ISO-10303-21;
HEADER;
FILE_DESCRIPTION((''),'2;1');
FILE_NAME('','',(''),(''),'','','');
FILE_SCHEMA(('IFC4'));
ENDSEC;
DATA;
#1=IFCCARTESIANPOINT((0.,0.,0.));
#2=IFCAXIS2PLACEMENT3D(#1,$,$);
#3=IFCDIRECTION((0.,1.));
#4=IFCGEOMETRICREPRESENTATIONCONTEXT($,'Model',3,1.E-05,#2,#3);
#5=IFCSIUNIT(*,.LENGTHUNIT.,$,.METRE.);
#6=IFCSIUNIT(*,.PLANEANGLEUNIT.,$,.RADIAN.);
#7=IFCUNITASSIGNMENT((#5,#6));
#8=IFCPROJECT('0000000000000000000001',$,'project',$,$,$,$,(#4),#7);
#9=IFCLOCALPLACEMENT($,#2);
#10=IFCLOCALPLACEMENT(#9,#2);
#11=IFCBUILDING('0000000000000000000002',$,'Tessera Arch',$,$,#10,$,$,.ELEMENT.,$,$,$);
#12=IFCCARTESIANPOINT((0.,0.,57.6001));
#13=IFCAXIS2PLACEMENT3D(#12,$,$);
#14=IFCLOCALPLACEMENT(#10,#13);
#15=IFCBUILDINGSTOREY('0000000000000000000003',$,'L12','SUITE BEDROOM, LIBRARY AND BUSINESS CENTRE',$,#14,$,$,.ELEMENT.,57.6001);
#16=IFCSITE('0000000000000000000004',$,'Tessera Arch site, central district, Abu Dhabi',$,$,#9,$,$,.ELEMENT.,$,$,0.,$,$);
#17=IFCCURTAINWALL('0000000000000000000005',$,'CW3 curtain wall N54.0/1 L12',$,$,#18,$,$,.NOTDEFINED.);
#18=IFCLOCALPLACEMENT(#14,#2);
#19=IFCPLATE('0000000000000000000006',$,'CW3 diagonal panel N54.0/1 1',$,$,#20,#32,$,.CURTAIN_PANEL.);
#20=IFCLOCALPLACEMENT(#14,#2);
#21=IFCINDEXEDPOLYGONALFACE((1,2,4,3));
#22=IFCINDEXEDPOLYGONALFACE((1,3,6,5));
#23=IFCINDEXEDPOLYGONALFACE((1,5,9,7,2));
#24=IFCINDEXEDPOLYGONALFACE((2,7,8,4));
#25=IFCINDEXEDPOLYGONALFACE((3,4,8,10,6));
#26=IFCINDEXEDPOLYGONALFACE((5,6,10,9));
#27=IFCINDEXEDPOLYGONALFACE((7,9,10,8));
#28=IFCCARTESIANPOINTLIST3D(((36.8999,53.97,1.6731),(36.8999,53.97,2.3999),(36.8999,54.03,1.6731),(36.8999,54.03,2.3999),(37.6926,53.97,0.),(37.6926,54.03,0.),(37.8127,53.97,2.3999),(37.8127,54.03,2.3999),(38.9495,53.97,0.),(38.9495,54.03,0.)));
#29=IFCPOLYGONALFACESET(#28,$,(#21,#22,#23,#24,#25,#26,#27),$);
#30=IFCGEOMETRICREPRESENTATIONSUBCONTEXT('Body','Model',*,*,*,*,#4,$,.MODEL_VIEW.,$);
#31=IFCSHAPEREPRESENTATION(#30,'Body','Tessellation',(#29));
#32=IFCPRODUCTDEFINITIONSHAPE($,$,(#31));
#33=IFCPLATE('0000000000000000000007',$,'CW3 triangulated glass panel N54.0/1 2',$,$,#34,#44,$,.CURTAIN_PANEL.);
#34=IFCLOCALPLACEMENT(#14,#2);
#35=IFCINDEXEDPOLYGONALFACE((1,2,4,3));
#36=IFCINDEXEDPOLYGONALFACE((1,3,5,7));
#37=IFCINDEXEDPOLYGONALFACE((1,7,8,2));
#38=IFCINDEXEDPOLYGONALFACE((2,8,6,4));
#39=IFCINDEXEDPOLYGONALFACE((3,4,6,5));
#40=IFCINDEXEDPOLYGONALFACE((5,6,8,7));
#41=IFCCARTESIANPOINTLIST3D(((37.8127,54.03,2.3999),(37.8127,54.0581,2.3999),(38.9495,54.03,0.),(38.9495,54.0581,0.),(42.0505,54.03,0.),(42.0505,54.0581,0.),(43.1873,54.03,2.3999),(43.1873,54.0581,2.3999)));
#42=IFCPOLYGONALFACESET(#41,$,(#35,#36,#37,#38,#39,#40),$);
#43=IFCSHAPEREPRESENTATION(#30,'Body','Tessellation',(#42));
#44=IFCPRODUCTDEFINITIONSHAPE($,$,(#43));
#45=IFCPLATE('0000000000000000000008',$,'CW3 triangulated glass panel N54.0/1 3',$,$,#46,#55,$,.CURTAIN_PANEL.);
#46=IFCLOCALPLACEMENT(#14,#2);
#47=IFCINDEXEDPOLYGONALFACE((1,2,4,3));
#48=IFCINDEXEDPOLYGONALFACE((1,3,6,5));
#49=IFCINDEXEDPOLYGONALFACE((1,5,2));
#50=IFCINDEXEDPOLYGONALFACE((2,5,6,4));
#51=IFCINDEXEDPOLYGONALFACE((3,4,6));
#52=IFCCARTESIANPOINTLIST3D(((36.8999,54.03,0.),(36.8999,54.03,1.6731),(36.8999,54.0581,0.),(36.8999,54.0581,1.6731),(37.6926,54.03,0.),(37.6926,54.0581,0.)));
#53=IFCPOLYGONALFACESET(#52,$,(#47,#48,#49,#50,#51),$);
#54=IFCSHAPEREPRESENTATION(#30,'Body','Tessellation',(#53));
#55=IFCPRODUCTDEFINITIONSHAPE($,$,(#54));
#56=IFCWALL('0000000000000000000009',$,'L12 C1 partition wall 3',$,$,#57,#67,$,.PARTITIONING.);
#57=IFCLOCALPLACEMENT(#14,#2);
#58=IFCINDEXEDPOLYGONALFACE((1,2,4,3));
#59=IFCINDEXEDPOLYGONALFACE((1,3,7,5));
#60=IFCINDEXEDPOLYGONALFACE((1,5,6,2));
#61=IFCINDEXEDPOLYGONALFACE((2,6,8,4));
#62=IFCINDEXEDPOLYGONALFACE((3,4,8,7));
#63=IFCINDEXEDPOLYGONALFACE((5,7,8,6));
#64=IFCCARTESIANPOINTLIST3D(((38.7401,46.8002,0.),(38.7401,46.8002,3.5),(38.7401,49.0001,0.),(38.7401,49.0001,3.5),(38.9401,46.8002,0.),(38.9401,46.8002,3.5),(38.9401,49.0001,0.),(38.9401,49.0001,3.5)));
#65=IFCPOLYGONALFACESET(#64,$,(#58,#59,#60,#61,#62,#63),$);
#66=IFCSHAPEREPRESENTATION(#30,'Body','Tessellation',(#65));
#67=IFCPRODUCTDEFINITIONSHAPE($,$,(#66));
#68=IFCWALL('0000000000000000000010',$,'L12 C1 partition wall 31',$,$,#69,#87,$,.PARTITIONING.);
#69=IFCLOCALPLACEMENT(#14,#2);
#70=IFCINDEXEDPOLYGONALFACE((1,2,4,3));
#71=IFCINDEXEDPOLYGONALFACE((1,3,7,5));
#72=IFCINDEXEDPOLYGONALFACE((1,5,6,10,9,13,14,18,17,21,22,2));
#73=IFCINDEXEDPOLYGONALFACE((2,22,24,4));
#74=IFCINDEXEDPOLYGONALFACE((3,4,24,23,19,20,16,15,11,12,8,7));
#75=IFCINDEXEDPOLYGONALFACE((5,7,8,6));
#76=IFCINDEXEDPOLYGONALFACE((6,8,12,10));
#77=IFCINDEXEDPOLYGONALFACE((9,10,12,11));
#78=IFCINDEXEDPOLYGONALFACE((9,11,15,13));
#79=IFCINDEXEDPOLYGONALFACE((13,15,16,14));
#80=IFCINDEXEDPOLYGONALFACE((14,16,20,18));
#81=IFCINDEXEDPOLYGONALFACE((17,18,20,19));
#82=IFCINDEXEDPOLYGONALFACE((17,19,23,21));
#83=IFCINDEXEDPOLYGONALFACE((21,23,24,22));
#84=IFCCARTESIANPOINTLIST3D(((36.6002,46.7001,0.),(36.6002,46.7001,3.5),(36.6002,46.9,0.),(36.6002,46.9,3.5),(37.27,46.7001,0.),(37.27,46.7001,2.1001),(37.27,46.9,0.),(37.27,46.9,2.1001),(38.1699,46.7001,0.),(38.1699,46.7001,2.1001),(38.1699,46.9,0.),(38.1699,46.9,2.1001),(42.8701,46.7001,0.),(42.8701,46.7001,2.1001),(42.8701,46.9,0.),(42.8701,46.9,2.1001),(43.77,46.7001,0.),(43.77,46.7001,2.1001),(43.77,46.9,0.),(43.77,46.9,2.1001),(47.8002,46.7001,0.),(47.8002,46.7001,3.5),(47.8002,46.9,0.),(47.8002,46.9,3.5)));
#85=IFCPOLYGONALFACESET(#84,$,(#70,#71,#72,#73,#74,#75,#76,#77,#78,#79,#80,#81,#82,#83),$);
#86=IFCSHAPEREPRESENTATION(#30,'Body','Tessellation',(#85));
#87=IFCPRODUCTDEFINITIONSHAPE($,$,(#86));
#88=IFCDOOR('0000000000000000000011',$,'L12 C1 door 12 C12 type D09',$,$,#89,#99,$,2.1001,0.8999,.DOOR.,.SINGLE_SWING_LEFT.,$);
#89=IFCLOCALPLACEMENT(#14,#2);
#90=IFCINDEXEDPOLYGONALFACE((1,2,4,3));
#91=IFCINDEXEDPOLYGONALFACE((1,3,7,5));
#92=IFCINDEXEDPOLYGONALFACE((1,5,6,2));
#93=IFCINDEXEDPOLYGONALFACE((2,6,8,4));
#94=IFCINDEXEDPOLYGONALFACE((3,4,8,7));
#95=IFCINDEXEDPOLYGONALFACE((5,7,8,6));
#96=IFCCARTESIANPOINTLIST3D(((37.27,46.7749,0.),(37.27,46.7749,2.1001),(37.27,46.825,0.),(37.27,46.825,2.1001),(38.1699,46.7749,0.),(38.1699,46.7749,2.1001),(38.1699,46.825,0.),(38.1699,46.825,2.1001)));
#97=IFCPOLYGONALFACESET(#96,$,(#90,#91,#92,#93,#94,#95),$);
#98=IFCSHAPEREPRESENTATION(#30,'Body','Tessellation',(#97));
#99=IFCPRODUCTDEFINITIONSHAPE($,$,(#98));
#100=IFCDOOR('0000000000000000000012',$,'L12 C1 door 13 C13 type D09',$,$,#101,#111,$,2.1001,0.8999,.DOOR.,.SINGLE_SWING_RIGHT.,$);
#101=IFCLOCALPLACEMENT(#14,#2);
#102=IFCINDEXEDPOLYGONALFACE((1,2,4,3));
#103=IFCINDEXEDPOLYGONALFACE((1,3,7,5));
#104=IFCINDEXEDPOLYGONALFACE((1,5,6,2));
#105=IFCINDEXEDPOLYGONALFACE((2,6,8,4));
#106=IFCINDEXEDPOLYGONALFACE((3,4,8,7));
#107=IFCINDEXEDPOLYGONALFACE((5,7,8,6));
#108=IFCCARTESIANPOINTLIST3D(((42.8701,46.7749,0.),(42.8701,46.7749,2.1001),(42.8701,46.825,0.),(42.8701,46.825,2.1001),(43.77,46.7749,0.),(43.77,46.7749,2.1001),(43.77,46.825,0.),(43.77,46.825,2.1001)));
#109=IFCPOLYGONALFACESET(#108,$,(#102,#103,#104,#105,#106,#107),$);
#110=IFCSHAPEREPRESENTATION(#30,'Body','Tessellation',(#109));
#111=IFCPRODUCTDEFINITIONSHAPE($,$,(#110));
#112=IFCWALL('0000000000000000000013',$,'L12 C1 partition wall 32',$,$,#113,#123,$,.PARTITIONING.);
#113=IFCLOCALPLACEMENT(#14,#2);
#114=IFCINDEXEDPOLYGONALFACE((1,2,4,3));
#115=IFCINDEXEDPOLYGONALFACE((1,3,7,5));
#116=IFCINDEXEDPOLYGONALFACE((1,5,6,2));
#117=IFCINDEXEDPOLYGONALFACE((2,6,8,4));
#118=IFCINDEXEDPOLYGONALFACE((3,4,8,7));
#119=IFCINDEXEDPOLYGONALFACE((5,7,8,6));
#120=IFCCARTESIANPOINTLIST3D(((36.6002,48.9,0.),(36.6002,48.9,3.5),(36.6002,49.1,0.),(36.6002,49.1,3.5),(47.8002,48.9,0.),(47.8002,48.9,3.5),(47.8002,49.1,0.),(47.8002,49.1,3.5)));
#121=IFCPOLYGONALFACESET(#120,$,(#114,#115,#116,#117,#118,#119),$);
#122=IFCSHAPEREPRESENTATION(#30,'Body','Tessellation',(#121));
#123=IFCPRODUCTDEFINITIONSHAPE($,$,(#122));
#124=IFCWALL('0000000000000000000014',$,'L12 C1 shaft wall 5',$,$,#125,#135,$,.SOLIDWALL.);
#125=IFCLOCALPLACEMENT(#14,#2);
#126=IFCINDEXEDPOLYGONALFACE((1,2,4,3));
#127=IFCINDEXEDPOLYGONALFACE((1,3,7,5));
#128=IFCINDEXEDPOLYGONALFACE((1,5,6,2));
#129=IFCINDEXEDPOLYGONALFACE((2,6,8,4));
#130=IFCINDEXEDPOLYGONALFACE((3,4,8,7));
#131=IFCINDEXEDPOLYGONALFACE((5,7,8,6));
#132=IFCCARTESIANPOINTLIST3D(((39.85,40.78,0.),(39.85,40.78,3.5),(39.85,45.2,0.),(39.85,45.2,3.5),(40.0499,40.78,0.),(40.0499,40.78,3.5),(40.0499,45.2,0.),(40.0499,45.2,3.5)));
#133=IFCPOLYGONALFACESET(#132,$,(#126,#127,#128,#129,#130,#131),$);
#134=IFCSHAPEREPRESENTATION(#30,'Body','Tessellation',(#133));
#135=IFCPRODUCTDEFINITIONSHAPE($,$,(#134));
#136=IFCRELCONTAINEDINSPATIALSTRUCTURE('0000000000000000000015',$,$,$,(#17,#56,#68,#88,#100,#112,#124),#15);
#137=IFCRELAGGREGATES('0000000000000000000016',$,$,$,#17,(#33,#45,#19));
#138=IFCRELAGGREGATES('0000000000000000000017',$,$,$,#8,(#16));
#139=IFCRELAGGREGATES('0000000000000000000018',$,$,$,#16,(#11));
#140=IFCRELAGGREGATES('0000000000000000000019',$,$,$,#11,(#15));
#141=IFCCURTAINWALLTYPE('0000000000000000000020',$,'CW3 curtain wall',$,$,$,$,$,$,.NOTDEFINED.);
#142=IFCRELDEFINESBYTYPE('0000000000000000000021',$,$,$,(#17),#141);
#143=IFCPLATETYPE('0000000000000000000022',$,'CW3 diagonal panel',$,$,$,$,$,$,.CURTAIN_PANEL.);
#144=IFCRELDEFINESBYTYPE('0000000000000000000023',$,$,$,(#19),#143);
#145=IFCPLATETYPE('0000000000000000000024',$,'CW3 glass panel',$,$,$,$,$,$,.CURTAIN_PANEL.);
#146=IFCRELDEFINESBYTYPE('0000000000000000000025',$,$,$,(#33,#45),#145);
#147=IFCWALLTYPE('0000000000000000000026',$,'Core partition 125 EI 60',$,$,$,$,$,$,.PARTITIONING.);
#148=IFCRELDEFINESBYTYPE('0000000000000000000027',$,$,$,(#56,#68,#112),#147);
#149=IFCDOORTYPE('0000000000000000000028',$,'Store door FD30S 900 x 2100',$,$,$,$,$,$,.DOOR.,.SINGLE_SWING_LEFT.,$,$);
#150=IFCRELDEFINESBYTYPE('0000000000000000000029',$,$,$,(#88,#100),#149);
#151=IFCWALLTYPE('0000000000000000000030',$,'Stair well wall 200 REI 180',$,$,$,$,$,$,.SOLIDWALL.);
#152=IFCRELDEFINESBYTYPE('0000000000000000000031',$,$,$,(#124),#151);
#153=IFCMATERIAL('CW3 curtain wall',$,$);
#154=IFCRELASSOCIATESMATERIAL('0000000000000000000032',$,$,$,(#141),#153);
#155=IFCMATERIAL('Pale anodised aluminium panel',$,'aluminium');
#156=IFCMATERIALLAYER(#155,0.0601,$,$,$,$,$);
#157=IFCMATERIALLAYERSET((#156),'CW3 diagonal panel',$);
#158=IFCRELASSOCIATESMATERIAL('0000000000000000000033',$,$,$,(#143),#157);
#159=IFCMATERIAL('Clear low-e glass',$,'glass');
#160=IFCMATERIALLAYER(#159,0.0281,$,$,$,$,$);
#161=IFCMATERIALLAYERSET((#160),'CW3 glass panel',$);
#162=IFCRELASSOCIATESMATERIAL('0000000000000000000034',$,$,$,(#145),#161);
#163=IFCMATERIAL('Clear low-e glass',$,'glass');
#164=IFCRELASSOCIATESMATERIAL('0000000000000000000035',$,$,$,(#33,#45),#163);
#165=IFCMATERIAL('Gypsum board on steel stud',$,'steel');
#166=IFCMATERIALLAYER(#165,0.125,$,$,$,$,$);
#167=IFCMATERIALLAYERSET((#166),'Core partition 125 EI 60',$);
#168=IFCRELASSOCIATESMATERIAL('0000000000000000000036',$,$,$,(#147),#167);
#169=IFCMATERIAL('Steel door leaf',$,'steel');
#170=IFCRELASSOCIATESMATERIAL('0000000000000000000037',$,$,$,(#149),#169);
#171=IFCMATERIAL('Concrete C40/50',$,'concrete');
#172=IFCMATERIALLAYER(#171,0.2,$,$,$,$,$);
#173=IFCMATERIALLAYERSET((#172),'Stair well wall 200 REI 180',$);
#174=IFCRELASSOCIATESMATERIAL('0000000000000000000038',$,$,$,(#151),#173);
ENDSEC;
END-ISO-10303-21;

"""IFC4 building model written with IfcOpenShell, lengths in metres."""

from ifc_helpers import new_model, si_unit, direction, frame, frame_2d, origin, place, context, subcontext, project, spatial, polyline, rectangle, outline, extrude, material, layer, layer_set, type_object, element, fill, aggregate, save


model = new_model("IFC4")

# Units and contexts
model_context = context("Model", 3, precision=1e-05, world=origin(), true_north=direction((0.0, 1.0)))
body_context = subcontext(model_context, "Body", "Model", "MODEL_VIEW")
ifc_project = project(units=[si_unit("LENGTHUNIT", "METRE"), si_unit("PLANEANGLEUNIT", "RADIAN")], contexts=[model_context])

# Site, building, storey
site_placement = place(None, origin())
site = spatial("IfcSite", under=ifc_project, at=site_placement, Name="Tessera Arch site, central district, Abu Dhabi", CompositionType="ELEMENT", RefElevation=0.0)
building_placement = place(site_placement, origin())
building = spatial("IfcBuilding", under=site, at=building_placement, Name="Tessera Arch", CompositionType="ELEMENT")
storey_placement = place(building_placement, frame((0.0, 0.0, 57.6001)))
storey = spatial("IfcBuildingStorey", under=building, at=storey_placement, Name="L12", Description="SUITE BEDROOM, LIBRARY AND BUSINESS CENTRE", CompositionType="ELEMENT", Elevation=57.6001)

# Curtain wall, plates
ifc_material_1 = material(Name="CW3 curtain wall")
curtain_wall_type = type_object("IfcCurtainWallType", Name="CW3 curtain wall", PredefinedType="NOTDEFINED", material=ifc_material_1)
curtain_wall_placement = place(storey_placement, origin())
curtain_wall = element("IfcCurtainWall", 1, at=curtain_wall_placement, inside=storey, type_object=curtain_wall_type, Name="CW3 curtain wall N54.0/1 L12", PredefinedType="NOTDEFINED")
ifc_material_2 = material(Name="Pale anodised aluminium panel", Category="aluminium")
ifc_layer_1 = layer(ifc_material_2, 0.0601)
ifc_layer_set_1 = layer_set([ifc_layer_1], Name="CW3 diagonal panel")
plate_type_1 = type_object("IfcPlateType", Name="CW3 diagonal panel", PredefinedType="CURTAIN_PANEL", material=ifc_layer_set_1)
plate_1_placement = place(storey_placement, frame((36.8999, 54.03, 2.3999), z_axis=(0.0, 1.0, 0.0), x_axis=(1.0, 0.0, 0.0)))
plate_1 = element("IfcPlate", 2, at=plate_1_placement, type_object=plate_type_1, Name="CW3 diagonal panel N54.0/1 1", PredefinedType="CURTAIN_PANEL", context=body_context, shape_type="SweptSolid", body=[
    extrude(outline(polyline([(0.0, 0.0), (0.9128, 0.0), (2.0496, 2.3999), (0.7927, 2.3999), (0.0, 0.7268), (0.0, 0.0)])), origin(), (0.0, 0.0, -1.0), 0.0601),
])
ifc_material_3 = material(Name="Clear low-e glass", Category="glass")
ifc_material_4 = material(Name="Clear low-e glass", Category="glass")
ifc_layer_2 = layer(ifc_material_4, 0.0281)
ifc_layer_set_2 = layer_set([ifc_layer_2], Name="CW3 glass panel")
plate_type_2 = type_object("IfcPlateType", Name="CW3 glass panel", PredefinedType="CURTAIN_PANEL", material=ifc_layer_set_2)
plate_2_placement = place(storey_placement, frame((37.8127, 54.0581, 2.3999), z_axis=(0.0, 1.0, 0.0), x_axis=(1.0, 0.0, 0.0)))
plate_2 = element("IfcPlate", 3, at=plate_2_placement, type_object=plate_type_2, material=ifc_material_3, Name="CW3 triangulated glass panel N54.0/1 2", PredefinedType="CURTAIN_PANEL", context=body_context, shape_type="SweptSolid", body=[
    extrude(outline(polyline([(0.0, 0.0), (5.3745, 0.0), (4.2378, 2.3999), (1.1367, 2.3999), (0.0, 0.0)])), origin(), (0.0, 0.0, -1.0), 0.0281),
])
plate_3_placement = place(storey_placement, frame((36.8999, 54.0581, 0.0), z_axis=(0.0, 1.0, 0.0), x_axis=(0.0, 0.0, 1.0)))
plate_3 = element("IfcPlate", 4, at=plate_3_placement, type_object=plate_type_2, material=ifc_material_3, Name="CW3 triangulated glass panel N54.0/1 3", PredefinedType="CURTAIN_PANEL", context=body_context, shape_type="SweptSolid", body=[
    extrude(outline(polyline([(0.0, 0.0), (1.6731, 0.0), (0.0, 0.7927), (0.0, 0.0)])), origin(), (0.0, 0.0, -1.0), 0.0281),
])
aggregate(curtain_wall, [plate_2, plate_3, plate_1])

# Wall
ifc_material_5 = material(Name="Gypsum board on steel stud", Category="steel")
ifc_layer_3 = layer(ifc_material_5, 0.125)
ifc_layer_set_3 = layer_set([ifc_layer_3], Name="Core partition 125 EI 60")
wall_type_1 = type_object("IfcWallType", Name="Core partition 125 EI 60", PredefinedType="PARTITIONING", material=ifc_layer_set_3)
wall_1_placement = place(storey_placement, frame((38.8401, 46.8, 0.0), z_axis=(0.0, 0.0, 1.0), x_axis=(0.0, 1.0, 0.0)))
element("IfcWall", 5, at=wall_1_placement, inside=storey, type_object=wall_type_1, Name="L12 C1 partition wall 3", PredefinedType="PARTITIONING", context=body_context, shape_type="SweptSolid", body=[
    extrude(rectangle(XDim=2.2, YDim=0.2, at=frame_2d((1.1001, 0.0))), origin(), (0.0, 0.0, 1.0), 3.5),
])

# Wall, openings, doors
wall_2_placement = place(storey_placement, frame((36.6001, 46.8, 0.0), z_axis=(0.0, 0.0, 1.0), x_axis=(1.0, 0.0, 0.0)))
wall_2 = element("IfcWall", 6, at=wall_2_placement, inside=storey, type_object=wall_type_1, Name="L12 C1 partition wall 31", PredefinedType="PARTITIONING", context=body_context, shape_type="SweptSolid", body=[
    extrude(rectangle(XDim=11.2, YDim=0.2, at=frame_2d((5.6001, 0.0))), origin(), (0.0, 0.0, 1.0), 3.5),
])
opening_1_placement = place(wall_2_placement, frame((0.6699, 0.0, 0.0)))
opening_1 = element("IfcOpeningElement", 7, at=opening_1_placement, cuts=wall_2, PredefinedType="OPENING", context=body_context, shape_type="SweptSolid", body=[
    extrude(rectangle(XDim=0.8999, YDim=2.1001, at=frame_2d((0.45, 1.05))), frame((0.0, 0.1099, 0.0), z_axis=(0.0, -1.0, 0.0), x_axis=(1.0, 0.0, 0.0)), (0.0, 0.0, 1.0), 0.22),
])
opening_2_placement = place(wall_2_placement, frame((6.27, 0.0, 0.0)))
opening_2 = element("IfcOpeningElement", 8, at=opening_2_placement, cuts=wall_2, PredefinedType="OPENING", context=body_context, shape_type="SweptSolid", body=[
    extrude(rectangle(XDim=0.8999, YDim=2.1001, at=frame_2d((0.45, 1.05))), frame((0.0, 0.1099, 0.0), z_axis=(0.0, -1.0, 0.0), x_axis=(1.0, 0.0, 0.0)), (0.0, 0.0, 1.0), 0.22),
])
ifc_material_6 = material(Name="Steel door leaf", Category="steel")
door_type_1 = type_object("IfcDoorType", Name="Store door FD30S 900 x 2100", OperationType="SINGLE_SWING_LEFT", PredefinedType="DOOR", material=ifc_material_6)
door_1_placement = place(opening_1_placement, origin())
door_1 = element("IfcDoor", 9, at=door_1_placement, inside=storey, type_object=door_type_1, Name="L12 C1 door 12 C12 type D09", OperationType="SINGLE_SWING_LEFT", OverallHeight=2.1001, OverallWidth=0.8999, PredefinedType="DOOR", context=body_context, shape_type="SweptSolid", body=[
    extrude(rectangle(XDim=0.8999, YDim=2.1001, at=frame_2d((0.45, 1.05))), frame((0.0, 0.0249, 0.0), z_axis=(0.0, -1.0, 0.0), x_axis=(1.0, 0.0, 0.0)), (0.0, 0.0, 1.0), 0.05),
])
fill(opening_1, door_1)
door_2_placement = place(opening_2_placement, origin())
door_2 = element("IfcDoor", 10, at=door_2_placement, inside=storey, type_object=door_type_1, Name="L12 C1 door 13 C13 type D09", OperationType="SINGLE_SWING_RIGHT", OverallHeight=2.1001, OverallWidth=0.8999, PredefinedType="DOOR", context=body_context, shape_type="SweptSolid", body=[
    extrude(rectangle(XDim=0.8999, YDim=2.1001, at=frame_2d((0.45, 1.05))), frame((0.0, 0.0249, 0.0), z_axis=(0.0, -1.0, 0.0), x_axis=(1.0, 0.0, 0.0)), (0.0, 0.0, 1.0), 0.05),
])
fill(opening_2, door_2)

# Walls
wall_3_placement = place(storey_placement, frame((36.6001, 49.0, 0.0), z_axis=(0.0, 0.0, 1.0), x_axis=(1.0, 0.0, 0.0)))
element("IfcWall", 11, at=wall_3_placement, inside=storey, type_object=wall_type_1, Name="L12 C1 partition wall 32", PredefinedType="PARTITIONING", context=body_context, shape_type="SweptSolid", body=[
    extrude(rectangle(XDim=11.2, YDim=0.2, at=frame_2d((5.6001, 0.0))), origin(), (0.0, 0.0, 1.0), 3.5),
])
ifc_material_7 = material(Name="Concrete C40/50", Category="concrete")
ifc_layer_4 = layer(ifc_material_7, 0.2)
ifc_layer_set_4 = layer_set([ifc_layer_4], Name="Stair well wall 200 REI 180")
wall_type_2 = type_object("IfcWallType", Name="Stair well wall 200 REI 180", PredefinedType="SOLIDWALL", material=ifc_layer_set_4)
wall_4_placement = place(storey_placement, frame((39.95, 40.78, 0.0), z_axis=(0.0, 0.0, 1.0), x_axis=(0.0, 1.0, 0.0)))
element("IfcWall", 12, at=wall_4_placement, inside=storey, type_object=wall_type_2, Name="L12 C1 shaft wall 5", PredefinedType="SOLIDWALL", context=body_context, shape_type="SweptSolid", body=[
    extrude(rectangle(XDim=4.4199, YDim=0.2, at=frame_2d((2.21, 0.0))), origin(), (0.0, 0.0, 1.0), 3.5),
])

save(model, "model.ifc")
